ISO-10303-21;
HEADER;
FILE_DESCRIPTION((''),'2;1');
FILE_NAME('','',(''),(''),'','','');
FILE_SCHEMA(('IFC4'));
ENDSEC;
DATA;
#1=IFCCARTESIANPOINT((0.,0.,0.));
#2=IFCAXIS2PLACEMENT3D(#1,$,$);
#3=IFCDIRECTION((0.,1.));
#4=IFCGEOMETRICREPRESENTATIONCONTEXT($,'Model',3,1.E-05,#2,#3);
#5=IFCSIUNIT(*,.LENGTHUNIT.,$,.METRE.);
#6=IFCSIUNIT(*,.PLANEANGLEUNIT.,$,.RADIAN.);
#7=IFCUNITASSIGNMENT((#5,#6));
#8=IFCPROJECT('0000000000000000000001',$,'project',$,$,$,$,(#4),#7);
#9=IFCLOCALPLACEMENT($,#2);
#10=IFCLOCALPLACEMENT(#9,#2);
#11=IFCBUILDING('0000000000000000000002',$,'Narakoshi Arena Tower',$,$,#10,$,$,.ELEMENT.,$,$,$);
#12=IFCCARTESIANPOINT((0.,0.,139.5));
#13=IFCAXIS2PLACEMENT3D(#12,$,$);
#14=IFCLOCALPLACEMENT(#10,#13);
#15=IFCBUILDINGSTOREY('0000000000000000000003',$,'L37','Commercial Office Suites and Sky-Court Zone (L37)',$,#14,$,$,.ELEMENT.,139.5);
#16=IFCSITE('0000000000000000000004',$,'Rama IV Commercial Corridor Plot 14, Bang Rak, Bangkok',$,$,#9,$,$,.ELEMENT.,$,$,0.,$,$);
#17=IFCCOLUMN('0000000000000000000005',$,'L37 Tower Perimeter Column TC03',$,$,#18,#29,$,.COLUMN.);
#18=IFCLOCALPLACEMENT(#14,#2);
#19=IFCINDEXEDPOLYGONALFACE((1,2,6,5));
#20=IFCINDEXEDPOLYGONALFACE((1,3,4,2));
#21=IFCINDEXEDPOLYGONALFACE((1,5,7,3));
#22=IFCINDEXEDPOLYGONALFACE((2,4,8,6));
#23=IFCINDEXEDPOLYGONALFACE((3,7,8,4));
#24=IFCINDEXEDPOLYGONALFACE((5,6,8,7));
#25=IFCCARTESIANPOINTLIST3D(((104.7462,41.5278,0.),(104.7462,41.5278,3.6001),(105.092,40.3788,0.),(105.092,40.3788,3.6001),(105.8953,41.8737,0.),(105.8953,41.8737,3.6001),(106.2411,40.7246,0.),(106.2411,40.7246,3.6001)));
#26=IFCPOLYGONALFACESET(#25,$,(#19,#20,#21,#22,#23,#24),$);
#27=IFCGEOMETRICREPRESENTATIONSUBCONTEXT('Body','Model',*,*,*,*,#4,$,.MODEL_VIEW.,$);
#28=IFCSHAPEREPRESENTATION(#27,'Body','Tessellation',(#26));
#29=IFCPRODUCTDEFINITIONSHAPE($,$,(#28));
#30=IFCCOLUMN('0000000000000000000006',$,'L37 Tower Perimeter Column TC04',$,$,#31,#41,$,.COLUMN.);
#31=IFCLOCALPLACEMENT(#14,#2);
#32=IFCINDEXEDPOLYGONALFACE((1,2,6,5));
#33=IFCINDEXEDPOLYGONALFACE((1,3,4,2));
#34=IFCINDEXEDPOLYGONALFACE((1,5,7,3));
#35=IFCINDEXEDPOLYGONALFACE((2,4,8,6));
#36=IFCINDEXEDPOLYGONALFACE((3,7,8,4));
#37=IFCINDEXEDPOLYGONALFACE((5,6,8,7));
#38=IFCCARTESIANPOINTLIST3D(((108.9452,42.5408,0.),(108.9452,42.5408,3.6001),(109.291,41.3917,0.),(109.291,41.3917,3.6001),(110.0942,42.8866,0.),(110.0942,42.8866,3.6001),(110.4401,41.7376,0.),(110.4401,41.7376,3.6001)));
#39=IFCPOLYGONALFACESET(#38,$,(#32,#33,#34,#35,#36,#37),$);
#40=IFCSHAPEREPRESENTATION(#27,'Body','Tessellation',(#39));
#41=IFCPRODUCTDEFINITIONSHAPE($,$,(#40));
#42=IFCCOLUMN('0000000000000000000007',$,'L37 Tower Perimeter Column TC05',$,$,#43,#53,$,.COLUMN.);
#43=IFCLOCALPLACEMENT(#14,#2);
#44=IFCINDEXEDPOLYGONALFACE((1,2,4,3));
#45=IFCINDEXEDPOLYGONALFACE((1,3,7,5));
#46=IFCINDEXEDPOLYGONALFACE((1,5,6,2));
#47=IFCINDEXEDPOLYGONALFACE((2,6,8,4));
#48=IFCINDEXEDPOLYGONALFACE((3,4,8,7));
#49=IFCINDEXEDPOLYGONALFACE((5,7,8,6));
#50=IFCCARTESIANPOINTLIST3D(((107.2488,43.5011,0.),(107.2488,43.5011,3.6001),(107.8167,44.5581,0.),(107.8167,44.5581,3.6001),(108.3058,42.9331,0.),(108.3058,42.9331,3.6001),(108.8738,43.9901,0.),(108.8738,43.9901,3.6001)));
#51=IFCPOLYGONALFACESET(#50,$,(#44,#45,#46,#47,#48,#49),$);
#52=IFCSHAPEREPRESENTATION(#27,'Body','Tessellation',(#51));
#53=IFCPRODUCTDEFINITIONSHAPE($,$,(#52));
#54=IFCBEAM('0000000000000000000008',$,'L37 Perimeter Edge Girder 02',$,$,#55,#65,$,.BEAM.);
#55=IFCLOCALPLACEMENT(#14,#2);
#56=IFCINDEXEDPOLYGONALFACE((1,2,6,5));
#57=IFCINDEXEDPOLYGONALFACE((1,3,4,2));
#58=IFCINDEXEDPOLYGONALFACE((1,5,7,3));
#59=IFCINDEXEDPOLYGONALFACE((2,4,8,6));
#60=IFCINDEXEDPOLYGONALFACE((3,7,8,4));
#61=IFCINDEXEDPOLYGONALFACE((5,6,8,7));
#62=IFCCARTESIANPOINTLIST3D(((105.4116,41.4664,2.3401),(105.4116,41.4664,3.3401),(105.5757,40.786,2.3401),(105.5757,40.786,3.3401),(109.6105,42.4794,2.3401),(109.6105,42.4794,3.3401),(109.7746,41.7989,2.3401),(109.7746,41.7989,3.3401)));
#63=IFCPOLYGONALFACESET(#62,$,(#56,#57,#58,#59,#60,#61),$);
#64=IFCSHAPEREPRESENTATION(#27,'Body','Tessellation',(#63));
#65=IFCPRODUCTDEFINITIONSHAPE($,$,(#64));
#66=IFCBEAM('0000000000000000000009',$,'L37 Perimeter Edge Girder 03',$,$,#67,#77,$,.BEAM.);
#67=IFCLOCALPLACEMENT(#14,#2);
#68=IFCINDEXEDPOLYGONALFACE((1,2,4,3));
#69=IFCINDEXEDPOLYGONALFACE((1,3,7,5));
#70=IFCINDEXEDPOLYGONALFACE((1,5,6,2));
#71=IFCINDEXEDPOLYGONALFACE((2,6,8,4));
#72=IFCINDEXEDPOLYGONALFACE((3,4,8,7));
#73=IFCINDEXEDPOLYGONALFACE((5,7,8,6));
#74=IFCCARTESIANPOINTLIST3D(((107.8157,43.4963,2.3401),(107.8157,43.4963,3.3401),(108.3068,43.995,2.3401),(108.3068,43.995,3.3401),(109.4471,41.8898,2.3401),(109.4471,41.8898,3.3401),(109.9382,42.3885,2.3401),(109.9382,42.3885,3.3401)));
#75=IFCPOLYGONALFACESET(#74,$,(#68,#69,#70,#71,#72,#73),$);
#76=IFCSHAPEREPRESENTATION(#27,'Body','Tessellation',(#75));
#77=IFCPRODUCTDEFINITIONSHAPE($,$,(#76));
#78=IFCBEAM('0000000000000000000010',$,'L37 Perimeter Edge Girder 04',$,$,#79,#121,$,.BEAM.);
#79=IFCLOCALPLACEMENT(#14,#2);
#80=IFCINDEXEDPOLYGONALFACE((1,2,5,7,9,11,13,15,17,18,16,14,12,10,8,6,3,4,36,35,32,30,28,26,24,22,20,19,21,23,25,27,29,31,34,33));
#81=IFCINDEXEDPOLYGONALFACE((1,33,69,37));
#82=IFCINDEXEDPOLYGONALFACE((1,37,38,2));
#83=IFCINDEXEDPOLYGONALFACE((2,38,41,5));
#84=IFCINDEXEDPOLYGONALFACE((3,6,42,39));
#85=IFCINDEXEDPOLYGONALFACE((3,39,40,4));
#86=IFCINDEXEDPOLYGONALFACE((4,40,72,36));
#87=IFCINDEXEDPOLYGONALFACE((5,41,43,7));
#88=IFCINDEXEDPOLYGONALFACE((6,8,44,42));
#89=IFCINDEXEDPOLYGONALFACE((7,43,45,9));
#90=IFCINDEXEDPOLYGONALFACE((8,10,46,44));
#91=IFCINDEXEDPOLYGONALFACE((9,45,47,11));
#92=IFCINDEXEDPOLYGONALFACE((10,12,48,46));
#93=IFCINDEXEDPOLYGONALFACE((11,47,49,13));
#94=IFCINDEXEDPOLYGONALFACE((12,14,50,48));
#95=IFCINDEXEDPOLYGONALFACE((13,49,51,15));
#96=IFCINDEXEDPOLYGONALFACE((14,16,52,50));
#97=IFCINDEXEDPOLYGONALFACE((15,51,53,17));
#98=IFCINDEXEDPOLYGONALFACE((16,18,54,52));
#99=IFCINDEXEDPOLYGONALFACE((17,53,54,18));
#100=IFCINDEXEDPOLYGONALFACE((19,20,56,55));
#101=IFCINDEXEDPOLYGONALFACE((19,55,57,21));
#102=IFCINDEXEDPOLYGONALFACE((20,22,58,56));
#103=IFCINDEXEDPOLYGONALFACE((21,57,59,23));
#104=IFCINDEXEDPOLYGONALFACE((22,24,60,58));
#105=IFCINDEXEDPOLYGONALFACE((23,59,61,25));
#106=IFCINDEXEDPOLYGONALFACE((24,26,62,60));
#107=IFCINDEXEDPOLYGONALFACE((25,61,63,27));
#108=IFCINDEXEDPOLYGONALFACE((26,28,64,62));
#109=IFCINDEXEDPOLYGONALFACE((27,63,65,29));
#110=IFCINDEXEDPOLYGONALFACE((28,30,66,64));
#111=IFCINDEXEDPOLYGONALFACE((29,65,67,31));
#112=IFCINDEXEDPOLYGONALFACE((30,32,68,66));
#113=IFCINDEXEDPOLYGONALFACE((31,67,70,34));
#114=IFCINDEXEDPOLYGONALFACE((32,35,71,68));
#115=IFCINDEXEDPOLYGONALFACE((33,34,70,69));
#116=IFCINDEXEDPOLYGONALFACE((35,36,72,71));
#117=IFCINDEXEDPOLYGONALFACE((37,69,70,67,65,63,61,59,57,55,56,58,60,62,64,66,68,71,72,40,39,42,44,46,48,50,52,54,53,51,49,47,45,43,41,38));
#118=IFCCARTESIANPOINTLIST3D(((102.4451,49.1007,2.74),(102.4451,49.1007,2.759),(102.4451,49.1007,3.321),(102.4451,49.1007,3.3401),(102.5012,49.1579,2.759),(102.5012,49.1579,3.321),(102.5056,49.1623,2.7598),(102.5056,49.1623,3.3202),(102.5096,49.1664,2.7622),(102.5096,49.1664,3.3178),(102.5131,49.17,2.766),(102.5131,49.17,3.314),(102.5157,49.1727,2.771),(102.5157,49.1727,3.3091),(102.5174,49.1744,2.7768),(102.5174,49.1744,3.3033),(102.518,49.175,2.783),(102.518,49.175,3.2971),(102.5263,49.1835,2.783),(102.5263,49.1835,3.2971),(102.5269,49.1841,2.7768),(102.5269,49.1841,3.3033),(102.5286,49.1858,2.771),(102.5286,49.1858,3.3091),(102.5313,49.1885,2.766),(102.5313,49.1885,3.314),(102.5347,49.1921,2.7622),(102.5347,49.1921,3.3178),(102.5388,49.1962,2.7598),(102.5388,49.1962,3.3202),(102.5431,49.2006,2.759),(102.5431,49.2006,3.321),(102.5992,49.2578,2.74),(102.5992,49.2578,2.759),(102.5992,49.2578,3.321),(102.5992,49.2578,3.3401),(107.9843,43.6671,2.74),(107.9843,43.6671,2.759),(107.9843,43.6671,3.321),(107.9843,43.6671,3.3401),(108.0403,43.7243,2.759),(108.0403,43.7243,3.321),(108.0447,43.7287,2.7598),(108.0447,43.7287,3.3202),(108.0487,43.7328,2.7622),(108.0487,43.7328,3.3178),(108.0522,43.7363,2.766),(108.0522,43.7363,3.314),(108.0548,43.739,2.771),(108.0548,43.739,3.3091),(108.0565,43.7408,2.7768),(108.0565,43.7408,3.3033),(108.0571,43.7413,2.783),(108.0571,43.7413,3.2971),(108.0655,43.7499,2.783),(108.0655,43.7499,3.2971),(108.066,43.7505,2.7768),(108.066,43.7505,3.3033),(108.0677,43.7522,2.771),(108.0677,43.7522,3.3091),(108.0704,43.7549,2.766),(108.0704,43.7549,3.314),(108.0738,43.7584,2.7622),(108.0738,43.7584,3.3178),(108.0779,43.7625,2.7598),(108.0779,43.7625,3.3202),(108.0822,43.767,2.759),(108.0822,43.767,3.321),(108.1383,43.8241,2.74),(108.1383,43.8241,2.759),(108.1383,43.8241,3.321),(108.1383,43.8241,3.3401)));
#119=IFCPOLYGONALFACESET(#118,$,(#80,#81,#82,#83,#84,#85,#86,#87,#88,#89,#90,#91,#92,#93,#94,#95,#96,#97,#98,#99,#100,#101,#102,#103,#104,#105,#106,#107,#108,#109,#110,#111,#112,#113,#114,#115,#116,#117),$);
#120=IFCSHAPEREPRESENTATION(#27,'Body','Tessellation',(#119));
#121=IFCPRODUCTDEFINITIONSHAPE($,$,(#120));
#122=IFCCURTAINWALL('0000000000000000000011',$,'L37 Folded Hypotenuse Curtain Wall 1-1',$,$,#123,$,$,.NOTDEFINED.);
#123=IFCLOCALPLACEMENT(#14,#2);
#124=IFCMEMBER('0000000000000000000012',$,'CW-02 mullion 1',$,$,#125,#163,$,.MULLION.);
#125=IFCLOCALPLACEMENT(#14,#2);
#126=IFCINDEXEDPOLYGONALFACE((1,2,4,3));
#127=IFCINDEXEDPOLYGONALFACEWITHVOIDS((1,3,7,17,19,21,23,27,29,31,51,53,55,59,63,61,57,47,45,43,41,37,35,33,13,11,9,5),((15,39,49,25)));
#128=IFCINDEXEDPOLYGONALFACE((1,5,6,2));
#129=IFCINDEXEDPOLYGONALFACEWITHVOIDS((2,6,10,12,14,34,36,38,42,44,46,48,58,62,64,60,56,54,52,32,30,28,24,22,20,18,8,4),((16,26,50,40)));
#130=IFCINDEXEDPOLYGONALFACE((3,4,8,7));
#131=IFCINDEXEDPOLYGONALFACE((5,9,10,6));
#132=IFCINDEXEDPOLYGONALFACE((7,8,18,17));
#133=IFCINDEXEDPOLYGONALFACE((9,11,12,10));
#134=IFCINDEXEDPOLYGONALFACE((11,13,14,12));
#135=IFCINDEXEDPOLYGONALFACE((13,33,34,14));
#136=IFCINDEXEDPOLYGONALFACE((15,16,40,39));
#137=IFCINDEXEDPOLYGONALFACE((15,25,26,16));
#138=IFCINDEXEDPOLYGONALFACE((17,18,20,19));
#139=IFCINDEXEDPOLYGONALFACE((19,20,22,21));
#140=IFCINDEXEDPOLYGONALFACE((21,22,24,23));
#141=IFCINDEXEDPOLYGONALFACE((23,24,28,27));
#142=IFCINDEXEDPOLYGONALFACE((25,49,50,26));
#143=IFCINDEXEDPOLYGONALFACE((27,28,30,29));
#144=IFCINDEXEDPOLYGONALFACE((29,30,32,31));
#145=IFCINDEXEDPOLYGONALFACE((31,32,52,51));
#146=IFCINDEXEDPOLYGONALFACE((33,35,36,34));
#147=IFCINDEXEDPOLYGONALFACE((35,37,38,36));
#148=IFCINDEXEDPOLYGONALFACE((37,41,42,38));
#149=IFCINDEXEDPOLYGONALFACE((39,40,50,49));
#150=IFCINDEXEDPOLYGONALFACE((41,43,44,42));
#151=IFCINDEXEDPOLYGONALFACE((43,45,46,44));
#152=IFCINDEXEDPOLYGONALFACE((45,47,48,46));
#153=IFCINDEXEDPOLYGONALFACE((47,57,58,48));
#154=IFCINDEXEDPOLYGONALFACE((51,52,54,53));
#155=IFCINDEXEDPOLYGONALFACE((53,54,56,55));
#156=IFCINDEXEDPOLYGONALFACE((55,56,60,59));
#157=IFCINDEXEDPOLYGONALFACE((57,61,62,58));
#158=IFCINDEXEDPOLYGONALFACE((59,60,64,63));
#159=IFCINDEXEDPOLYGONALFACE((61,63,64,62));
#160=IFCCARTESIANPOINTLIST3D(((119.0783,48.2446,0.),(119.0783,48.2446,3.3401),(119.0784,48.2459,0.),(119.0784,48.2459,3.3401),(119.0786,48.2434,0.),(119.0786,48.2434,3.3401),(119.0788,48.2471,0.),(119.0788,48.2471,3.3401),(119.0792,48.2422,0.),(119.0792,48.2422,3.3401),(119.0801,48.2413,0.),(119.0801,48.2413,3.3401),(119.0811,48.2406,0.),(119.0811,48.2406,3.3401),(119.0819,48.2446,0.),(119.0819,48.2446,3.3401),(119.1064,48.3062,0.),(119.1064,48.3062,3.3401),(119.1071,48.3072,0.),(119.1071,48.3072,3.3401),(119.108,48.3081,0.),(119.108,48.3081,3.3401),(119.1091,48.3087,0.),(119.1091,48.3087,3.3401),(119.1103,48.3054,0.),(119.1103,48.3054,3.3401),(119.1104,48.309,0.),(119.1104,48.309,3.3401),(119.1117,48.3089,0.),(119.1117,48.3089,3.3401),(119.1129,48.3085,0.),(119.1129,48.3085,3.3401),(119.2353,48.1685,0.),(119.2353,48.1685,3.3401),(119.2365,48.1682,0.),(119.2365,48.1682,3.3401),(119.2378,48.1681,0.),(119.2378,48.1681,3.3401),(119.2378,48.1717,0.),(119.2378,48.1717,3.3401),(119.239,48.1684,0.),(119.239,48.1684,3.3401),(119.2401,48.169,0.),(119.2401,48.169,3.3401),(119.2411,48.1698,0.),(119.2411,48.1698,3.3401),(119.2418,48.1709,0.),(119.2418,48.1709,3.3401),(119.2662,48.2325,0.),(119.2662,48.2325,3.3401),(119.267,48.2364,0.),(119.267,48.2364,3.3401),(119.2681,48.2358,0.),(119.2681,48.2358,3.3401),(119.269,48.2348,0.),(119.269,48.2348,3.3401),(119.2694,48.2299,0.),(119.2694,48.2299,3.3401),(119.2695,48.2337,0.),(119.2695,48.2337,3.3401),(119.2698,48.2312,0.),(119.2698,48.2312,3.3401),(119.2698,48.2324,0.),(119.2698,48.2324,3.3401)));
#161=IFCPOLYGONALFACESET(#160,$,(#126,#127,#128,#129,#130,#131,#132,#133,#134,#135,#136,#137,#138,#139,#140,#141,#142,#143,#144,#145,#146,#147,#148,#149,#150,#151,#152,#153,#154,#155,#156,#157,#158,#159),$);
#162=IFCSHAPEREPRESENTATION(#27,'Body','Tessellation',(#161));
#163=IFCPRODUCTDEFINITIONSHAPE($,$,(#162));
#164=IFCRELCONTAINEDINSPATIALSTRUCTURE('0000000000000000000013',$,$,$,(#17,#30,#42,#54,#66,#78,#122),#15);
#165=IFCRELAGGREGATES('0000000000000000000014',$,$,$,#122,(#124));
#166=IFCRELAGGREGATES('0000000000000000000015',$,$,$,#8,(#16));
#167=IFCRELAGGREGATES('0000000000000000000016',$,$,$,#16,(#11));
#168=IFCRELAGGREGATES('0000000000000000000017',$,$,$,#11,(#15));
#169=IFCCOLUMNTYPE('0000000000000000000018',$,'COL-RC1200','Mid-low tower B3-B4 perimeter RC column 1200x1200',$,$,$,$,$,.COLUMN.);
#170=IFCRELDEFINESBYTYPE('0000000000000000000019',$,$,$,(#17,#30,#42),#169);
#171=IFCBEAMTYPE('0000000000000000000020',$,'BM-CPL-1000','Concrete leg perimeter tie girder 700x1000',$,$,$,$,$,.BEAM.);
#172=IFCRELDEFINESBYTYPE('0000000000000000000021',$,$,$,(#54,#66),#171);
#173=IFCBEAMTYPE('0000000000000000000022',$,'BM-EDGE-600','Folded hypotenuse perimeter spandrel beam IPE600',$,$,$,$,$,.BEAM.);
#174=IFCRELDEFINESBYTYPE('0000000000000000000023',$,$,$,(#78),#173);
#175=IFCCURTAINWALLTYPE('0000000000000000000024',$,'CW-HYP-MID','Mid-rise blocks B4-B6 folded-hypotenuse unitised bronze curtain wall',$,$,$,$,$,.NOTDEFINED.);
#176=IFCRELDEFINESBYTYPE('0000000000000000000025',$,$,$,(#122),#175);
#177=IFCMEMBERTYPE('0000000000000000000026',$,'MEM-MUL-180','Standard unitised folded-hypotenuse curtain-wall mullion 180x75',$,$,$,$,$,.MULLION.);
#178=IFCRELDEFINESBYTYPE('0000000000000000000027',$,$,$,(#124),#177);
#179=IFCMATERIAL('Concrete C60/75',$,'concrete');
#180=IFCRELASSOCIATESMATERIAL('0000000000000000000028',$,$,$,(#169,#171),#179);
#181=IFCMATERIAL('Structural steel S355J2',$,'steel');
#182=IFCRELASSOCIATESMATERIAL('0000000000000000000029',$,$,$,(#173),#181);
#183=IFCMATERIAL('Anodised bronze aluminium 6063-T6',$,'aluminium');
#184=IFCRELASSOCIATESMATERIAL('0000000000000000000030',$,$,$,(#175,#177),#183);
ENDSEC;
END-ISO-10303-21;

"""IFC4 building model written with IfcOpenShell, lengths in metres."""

from ifc_helpers import new_model, si_unit, direction, frame, origin, origin_2d, place, context, subcontext, project, spatial, rectangle, hollow_rectangle, i_section, extrude, material, material_profile, profile_set, type_object, element, aggregate, save


model = new_model("IFC4")

# Units and contexts
model_context = context("Model", 3, precision=1e-05, world=origin(), true_north=direction((0.0, 1.0)))
body_context = subcontext(model_context, "Body", "Model", "MODEL_VIEW")
ifc_project = project(units=[si_unit("LENGTHUNIT", "METRE"), si_unit("PLANEANGLEUNIT", "RADIAN")], contexts=[model_context])

# Site, building, storey
site_placement = place(None, origin())
site = spatial("IfcSite", under=ifc_project, at=site_placement, Name="Rama IV Commercial Corridor Plot 14, Bang Rak, Bangkok", CompositionType="ELEMENT", RefElevation=0.0)
building_placement = place(site_placement, origin())
building = spatial("IfcBuilding", under=site, at=building_placement, Name="Narakoshi Arena Tower", CompositionType="ELEMENT")
storey_placement = place(building_placement, frame((0.0, 0.0, 139.5)))
storey = spatial("IfcBuildingStorey", under=building, at=storey_placement, Name="L37", Description="Commercial Office Suites and Sky-Court Zone (L37)", CompositionType="ELEMENT", Elevation=139.5)

# Columns
ifc_material_1 = material(Name="Concrete C60/75", Category="concrete")
ifc_material_profile_1 = material_profile(ifc_material_1, rectangle(XDim=1.2, YDim=1.2, at=origin_2d()), Name="RC1200x1200")
ifc_profile_set_1 = profile_set([ifc_material_profile_1], Name="Concrete C60/75")
column_type = type_object("IfcColumnType", Name="COL-RC1200", Description="Mid-low tower B3-B4 perimeter RC column 1200x1200", PredefinedType="COLUMN", material=ifc_profile_set_1)
for number, where, z_axis, x_axis, name in (
    (1, (105.4937, 41.1262, 0.0), (0.0, 0.0, 1.0), (0.957571, 0.288196, 0.0), "L37 Tower Perimeter Column TC03"),
    (2, (109.6926, 42.1392, 0.0), (0.0, 0.0, 1.0), (0.957571, 0.288196, 0.0), "L37 Tower Perimeter Column TC04"),
    (3, (108.0613, 43.7456, 0.0), (0.0, 0.0, 1.0), (0.47332, 0.880891, 0.0), "L37 Tower Perimeter Column TC05"),
):
    element("IfcColumn", number, at=place(storey_placement, frame(where, z_axis=z_axis, x_axis=x_axis)), inside=storey, type_object=column_type, Name=name, PredefinedType="COLUMN", context=body_context, shape_type="SweptSolid", body=[
        extrude(rectangle(XDim=1.2, YDim=1.2, at=origin_2d()), origin(), (0.0, 0.0, 1.0), 3.6001),
    ])

# Beams
ifc_material_profile_2 = material_profile(ifc_material_1, rectangle(XDim=0.7, YDim=1.0, at=origin_2d()), Name="RCB700x1000")
ifc_profile_set_2 = profile_set([ifc_material_profile_2], Name="Concrete C60/75")
beam_type_1 = type_object("IfcBeamType", Name="BM-CPL-1000", Description="Concrete leg perimeter tie girder 700x1000", PredefinedType="BEAM", material=ifc_profile_set_2)
beam_1_placement = place(storey_placement, frame((105.4937, 41.1262, 2.8401), z_axis=(0.972114, 0.234508, 0.0), x_axis=(-0.234508, 0.972114, 0.0)))
element("IfcBeam", 4, at=beam_1_placement, inside=storey, type_object=beam_type_1, Name="L37 Perimeter Edge Girder 02", PredefinedType="BEAM", context=body_context, shape_type="SweptSolid", body=[
    extrude(rectangle(XDim=0.7, YDim=1.0, at=origin_2d()), origin(), (0.0, 0.0, 1.0), 4.3193),
])
beam_2_placement = place(storey_placement, frame((109.6926, 42.1392, 2.8401), z_axis=(-0.712524, 0.701648, 0.0), x_axis=(-0.701648, -0.712524, 0.0)))
element("IfcBeam", 5, at=beam_2_placement, inside=storey, type_object=beam_type_1, Name="L37 Perimeter Edge Girder 03", PredefinedType="BEAM", context=body_context, shape_type="SweptSolid", body=[
    extrude(rectangle(XDim=0.7, YDim=1.0, at=origin_2d()), origin(), (0.0, 0.0, 1.0), 2.2896),
])
ifc_material_2 = material(Name="Structural steel S355J2", Category="steel")
ifc_material_profile_3 = material_profile(ifc_material_2, i_section(OverallWidth=0.22, OverallDepth=0.6001, WebThickness=0.012, FlangeThickness=0.019, FilletRadius=0.0239, at=origin_2d()), Name="IPE600")
ifc_profile_set_3 = profile_set([ifc_material_profile_3], Name="Structural steel S355J2")
beam_type_2 = type_object("IfcBeamType", Name="BM-EDGE-600", Description="Folded hypotenuse perimeter spandrel beam IPE600", PredefinedType="BEAM", material=ifc_profile_set_3)
beam_3_placement = place(storey_placement, frame((108.0613, 43.7456, 3.04), z_axis=(-0.71387, 0.700278, 0.0), x_axis=(-0.700278, -0.71387, 0.0)))
element("IfcBeam", 6, at=beam_3_placement, inside=storey, type_object=beam_type_2, Name="L37 Perimeter Edge Girder 04", PredefinedType="BEAM", context=body_context, shape_type="SweptSolid", body=[
    extrude(i_section(OverallWidth=0.22, OverallDepth=0.6001, WebThickness=0.012, FlangeThickness=0.019, FilletRadius=0.0239, at=origin_2d()), origin(), (0.0, 0.0, 1.0), 7.7593),
])

# Curtain wall, member
ifc_material_3 = material(Name="Anodised bronze aluminium 6063-T6", Category="aluminium")
curtain_wall_type = type_object("IfcCurtainWallType", Name="CW-HYP-MID", Description="Mid-rise blocks B4-B6 folded-hypotenuse unitised bronze curtain wall", PredefinedType="NOTDEFINED", material=ifc_material_3)
curtain_wall_placement = place(storey_placement, origin())
curtain_wall = element("IfcCurtainWall", 7, at=curtain_wall_placement, inside=storey, type_object=curtain_wall_type, Name="L37 Folded Hypotenuse Curtain Wall 1-1", PredefinedType="NOTDEFINED")
ifc_material_profile_4 = material_profile(ifc_material_3, hollow_rectangle(XDim=0.075, YDim=0.1799, WallThickness=0.0039, OuterFilletRadius=0.0049, at=origin_2d()), Name="MUL180x75x4")
ifc_profile_set_4 = profile_set([ifc_material_profile_4], Name="Anodised bronze aluminium 6063-T6")
member_type_1 = type_object("IfcMemberType", Name="MEM-MUL-180", Description="Standard unitised folded-hypotenuse curtain-wall mullion 180x75", PredefinedType="MULLION", material=ifc_profile_set_4)
member_1_placement = place(storey_placement, frame((119.1741, 48.2385, 0.0), z_axis=(0.0, 0.0, 1.0), x_axis=(-0.423532, -0.905881, 0.0)))
member_1 = element("IfcMember", 8, at=member_1_placement, type_object=member_type_1, Name="CW-02 mullion 1", PredefinedType="MULLION", context=body_context, shape_type="SweptSolid", body=[
    extrude(hollow_rectangle(XDim=0.075, YDim=0.1799, WallThickness=0.0039, OuterFilletRadius=0.0049, at=origin_2d()), origin(), (0.0, 0.0, 1.0), 3.3401),
])
aggregate(curtain_wall, [member_1])

save(model, "model.ifc")
